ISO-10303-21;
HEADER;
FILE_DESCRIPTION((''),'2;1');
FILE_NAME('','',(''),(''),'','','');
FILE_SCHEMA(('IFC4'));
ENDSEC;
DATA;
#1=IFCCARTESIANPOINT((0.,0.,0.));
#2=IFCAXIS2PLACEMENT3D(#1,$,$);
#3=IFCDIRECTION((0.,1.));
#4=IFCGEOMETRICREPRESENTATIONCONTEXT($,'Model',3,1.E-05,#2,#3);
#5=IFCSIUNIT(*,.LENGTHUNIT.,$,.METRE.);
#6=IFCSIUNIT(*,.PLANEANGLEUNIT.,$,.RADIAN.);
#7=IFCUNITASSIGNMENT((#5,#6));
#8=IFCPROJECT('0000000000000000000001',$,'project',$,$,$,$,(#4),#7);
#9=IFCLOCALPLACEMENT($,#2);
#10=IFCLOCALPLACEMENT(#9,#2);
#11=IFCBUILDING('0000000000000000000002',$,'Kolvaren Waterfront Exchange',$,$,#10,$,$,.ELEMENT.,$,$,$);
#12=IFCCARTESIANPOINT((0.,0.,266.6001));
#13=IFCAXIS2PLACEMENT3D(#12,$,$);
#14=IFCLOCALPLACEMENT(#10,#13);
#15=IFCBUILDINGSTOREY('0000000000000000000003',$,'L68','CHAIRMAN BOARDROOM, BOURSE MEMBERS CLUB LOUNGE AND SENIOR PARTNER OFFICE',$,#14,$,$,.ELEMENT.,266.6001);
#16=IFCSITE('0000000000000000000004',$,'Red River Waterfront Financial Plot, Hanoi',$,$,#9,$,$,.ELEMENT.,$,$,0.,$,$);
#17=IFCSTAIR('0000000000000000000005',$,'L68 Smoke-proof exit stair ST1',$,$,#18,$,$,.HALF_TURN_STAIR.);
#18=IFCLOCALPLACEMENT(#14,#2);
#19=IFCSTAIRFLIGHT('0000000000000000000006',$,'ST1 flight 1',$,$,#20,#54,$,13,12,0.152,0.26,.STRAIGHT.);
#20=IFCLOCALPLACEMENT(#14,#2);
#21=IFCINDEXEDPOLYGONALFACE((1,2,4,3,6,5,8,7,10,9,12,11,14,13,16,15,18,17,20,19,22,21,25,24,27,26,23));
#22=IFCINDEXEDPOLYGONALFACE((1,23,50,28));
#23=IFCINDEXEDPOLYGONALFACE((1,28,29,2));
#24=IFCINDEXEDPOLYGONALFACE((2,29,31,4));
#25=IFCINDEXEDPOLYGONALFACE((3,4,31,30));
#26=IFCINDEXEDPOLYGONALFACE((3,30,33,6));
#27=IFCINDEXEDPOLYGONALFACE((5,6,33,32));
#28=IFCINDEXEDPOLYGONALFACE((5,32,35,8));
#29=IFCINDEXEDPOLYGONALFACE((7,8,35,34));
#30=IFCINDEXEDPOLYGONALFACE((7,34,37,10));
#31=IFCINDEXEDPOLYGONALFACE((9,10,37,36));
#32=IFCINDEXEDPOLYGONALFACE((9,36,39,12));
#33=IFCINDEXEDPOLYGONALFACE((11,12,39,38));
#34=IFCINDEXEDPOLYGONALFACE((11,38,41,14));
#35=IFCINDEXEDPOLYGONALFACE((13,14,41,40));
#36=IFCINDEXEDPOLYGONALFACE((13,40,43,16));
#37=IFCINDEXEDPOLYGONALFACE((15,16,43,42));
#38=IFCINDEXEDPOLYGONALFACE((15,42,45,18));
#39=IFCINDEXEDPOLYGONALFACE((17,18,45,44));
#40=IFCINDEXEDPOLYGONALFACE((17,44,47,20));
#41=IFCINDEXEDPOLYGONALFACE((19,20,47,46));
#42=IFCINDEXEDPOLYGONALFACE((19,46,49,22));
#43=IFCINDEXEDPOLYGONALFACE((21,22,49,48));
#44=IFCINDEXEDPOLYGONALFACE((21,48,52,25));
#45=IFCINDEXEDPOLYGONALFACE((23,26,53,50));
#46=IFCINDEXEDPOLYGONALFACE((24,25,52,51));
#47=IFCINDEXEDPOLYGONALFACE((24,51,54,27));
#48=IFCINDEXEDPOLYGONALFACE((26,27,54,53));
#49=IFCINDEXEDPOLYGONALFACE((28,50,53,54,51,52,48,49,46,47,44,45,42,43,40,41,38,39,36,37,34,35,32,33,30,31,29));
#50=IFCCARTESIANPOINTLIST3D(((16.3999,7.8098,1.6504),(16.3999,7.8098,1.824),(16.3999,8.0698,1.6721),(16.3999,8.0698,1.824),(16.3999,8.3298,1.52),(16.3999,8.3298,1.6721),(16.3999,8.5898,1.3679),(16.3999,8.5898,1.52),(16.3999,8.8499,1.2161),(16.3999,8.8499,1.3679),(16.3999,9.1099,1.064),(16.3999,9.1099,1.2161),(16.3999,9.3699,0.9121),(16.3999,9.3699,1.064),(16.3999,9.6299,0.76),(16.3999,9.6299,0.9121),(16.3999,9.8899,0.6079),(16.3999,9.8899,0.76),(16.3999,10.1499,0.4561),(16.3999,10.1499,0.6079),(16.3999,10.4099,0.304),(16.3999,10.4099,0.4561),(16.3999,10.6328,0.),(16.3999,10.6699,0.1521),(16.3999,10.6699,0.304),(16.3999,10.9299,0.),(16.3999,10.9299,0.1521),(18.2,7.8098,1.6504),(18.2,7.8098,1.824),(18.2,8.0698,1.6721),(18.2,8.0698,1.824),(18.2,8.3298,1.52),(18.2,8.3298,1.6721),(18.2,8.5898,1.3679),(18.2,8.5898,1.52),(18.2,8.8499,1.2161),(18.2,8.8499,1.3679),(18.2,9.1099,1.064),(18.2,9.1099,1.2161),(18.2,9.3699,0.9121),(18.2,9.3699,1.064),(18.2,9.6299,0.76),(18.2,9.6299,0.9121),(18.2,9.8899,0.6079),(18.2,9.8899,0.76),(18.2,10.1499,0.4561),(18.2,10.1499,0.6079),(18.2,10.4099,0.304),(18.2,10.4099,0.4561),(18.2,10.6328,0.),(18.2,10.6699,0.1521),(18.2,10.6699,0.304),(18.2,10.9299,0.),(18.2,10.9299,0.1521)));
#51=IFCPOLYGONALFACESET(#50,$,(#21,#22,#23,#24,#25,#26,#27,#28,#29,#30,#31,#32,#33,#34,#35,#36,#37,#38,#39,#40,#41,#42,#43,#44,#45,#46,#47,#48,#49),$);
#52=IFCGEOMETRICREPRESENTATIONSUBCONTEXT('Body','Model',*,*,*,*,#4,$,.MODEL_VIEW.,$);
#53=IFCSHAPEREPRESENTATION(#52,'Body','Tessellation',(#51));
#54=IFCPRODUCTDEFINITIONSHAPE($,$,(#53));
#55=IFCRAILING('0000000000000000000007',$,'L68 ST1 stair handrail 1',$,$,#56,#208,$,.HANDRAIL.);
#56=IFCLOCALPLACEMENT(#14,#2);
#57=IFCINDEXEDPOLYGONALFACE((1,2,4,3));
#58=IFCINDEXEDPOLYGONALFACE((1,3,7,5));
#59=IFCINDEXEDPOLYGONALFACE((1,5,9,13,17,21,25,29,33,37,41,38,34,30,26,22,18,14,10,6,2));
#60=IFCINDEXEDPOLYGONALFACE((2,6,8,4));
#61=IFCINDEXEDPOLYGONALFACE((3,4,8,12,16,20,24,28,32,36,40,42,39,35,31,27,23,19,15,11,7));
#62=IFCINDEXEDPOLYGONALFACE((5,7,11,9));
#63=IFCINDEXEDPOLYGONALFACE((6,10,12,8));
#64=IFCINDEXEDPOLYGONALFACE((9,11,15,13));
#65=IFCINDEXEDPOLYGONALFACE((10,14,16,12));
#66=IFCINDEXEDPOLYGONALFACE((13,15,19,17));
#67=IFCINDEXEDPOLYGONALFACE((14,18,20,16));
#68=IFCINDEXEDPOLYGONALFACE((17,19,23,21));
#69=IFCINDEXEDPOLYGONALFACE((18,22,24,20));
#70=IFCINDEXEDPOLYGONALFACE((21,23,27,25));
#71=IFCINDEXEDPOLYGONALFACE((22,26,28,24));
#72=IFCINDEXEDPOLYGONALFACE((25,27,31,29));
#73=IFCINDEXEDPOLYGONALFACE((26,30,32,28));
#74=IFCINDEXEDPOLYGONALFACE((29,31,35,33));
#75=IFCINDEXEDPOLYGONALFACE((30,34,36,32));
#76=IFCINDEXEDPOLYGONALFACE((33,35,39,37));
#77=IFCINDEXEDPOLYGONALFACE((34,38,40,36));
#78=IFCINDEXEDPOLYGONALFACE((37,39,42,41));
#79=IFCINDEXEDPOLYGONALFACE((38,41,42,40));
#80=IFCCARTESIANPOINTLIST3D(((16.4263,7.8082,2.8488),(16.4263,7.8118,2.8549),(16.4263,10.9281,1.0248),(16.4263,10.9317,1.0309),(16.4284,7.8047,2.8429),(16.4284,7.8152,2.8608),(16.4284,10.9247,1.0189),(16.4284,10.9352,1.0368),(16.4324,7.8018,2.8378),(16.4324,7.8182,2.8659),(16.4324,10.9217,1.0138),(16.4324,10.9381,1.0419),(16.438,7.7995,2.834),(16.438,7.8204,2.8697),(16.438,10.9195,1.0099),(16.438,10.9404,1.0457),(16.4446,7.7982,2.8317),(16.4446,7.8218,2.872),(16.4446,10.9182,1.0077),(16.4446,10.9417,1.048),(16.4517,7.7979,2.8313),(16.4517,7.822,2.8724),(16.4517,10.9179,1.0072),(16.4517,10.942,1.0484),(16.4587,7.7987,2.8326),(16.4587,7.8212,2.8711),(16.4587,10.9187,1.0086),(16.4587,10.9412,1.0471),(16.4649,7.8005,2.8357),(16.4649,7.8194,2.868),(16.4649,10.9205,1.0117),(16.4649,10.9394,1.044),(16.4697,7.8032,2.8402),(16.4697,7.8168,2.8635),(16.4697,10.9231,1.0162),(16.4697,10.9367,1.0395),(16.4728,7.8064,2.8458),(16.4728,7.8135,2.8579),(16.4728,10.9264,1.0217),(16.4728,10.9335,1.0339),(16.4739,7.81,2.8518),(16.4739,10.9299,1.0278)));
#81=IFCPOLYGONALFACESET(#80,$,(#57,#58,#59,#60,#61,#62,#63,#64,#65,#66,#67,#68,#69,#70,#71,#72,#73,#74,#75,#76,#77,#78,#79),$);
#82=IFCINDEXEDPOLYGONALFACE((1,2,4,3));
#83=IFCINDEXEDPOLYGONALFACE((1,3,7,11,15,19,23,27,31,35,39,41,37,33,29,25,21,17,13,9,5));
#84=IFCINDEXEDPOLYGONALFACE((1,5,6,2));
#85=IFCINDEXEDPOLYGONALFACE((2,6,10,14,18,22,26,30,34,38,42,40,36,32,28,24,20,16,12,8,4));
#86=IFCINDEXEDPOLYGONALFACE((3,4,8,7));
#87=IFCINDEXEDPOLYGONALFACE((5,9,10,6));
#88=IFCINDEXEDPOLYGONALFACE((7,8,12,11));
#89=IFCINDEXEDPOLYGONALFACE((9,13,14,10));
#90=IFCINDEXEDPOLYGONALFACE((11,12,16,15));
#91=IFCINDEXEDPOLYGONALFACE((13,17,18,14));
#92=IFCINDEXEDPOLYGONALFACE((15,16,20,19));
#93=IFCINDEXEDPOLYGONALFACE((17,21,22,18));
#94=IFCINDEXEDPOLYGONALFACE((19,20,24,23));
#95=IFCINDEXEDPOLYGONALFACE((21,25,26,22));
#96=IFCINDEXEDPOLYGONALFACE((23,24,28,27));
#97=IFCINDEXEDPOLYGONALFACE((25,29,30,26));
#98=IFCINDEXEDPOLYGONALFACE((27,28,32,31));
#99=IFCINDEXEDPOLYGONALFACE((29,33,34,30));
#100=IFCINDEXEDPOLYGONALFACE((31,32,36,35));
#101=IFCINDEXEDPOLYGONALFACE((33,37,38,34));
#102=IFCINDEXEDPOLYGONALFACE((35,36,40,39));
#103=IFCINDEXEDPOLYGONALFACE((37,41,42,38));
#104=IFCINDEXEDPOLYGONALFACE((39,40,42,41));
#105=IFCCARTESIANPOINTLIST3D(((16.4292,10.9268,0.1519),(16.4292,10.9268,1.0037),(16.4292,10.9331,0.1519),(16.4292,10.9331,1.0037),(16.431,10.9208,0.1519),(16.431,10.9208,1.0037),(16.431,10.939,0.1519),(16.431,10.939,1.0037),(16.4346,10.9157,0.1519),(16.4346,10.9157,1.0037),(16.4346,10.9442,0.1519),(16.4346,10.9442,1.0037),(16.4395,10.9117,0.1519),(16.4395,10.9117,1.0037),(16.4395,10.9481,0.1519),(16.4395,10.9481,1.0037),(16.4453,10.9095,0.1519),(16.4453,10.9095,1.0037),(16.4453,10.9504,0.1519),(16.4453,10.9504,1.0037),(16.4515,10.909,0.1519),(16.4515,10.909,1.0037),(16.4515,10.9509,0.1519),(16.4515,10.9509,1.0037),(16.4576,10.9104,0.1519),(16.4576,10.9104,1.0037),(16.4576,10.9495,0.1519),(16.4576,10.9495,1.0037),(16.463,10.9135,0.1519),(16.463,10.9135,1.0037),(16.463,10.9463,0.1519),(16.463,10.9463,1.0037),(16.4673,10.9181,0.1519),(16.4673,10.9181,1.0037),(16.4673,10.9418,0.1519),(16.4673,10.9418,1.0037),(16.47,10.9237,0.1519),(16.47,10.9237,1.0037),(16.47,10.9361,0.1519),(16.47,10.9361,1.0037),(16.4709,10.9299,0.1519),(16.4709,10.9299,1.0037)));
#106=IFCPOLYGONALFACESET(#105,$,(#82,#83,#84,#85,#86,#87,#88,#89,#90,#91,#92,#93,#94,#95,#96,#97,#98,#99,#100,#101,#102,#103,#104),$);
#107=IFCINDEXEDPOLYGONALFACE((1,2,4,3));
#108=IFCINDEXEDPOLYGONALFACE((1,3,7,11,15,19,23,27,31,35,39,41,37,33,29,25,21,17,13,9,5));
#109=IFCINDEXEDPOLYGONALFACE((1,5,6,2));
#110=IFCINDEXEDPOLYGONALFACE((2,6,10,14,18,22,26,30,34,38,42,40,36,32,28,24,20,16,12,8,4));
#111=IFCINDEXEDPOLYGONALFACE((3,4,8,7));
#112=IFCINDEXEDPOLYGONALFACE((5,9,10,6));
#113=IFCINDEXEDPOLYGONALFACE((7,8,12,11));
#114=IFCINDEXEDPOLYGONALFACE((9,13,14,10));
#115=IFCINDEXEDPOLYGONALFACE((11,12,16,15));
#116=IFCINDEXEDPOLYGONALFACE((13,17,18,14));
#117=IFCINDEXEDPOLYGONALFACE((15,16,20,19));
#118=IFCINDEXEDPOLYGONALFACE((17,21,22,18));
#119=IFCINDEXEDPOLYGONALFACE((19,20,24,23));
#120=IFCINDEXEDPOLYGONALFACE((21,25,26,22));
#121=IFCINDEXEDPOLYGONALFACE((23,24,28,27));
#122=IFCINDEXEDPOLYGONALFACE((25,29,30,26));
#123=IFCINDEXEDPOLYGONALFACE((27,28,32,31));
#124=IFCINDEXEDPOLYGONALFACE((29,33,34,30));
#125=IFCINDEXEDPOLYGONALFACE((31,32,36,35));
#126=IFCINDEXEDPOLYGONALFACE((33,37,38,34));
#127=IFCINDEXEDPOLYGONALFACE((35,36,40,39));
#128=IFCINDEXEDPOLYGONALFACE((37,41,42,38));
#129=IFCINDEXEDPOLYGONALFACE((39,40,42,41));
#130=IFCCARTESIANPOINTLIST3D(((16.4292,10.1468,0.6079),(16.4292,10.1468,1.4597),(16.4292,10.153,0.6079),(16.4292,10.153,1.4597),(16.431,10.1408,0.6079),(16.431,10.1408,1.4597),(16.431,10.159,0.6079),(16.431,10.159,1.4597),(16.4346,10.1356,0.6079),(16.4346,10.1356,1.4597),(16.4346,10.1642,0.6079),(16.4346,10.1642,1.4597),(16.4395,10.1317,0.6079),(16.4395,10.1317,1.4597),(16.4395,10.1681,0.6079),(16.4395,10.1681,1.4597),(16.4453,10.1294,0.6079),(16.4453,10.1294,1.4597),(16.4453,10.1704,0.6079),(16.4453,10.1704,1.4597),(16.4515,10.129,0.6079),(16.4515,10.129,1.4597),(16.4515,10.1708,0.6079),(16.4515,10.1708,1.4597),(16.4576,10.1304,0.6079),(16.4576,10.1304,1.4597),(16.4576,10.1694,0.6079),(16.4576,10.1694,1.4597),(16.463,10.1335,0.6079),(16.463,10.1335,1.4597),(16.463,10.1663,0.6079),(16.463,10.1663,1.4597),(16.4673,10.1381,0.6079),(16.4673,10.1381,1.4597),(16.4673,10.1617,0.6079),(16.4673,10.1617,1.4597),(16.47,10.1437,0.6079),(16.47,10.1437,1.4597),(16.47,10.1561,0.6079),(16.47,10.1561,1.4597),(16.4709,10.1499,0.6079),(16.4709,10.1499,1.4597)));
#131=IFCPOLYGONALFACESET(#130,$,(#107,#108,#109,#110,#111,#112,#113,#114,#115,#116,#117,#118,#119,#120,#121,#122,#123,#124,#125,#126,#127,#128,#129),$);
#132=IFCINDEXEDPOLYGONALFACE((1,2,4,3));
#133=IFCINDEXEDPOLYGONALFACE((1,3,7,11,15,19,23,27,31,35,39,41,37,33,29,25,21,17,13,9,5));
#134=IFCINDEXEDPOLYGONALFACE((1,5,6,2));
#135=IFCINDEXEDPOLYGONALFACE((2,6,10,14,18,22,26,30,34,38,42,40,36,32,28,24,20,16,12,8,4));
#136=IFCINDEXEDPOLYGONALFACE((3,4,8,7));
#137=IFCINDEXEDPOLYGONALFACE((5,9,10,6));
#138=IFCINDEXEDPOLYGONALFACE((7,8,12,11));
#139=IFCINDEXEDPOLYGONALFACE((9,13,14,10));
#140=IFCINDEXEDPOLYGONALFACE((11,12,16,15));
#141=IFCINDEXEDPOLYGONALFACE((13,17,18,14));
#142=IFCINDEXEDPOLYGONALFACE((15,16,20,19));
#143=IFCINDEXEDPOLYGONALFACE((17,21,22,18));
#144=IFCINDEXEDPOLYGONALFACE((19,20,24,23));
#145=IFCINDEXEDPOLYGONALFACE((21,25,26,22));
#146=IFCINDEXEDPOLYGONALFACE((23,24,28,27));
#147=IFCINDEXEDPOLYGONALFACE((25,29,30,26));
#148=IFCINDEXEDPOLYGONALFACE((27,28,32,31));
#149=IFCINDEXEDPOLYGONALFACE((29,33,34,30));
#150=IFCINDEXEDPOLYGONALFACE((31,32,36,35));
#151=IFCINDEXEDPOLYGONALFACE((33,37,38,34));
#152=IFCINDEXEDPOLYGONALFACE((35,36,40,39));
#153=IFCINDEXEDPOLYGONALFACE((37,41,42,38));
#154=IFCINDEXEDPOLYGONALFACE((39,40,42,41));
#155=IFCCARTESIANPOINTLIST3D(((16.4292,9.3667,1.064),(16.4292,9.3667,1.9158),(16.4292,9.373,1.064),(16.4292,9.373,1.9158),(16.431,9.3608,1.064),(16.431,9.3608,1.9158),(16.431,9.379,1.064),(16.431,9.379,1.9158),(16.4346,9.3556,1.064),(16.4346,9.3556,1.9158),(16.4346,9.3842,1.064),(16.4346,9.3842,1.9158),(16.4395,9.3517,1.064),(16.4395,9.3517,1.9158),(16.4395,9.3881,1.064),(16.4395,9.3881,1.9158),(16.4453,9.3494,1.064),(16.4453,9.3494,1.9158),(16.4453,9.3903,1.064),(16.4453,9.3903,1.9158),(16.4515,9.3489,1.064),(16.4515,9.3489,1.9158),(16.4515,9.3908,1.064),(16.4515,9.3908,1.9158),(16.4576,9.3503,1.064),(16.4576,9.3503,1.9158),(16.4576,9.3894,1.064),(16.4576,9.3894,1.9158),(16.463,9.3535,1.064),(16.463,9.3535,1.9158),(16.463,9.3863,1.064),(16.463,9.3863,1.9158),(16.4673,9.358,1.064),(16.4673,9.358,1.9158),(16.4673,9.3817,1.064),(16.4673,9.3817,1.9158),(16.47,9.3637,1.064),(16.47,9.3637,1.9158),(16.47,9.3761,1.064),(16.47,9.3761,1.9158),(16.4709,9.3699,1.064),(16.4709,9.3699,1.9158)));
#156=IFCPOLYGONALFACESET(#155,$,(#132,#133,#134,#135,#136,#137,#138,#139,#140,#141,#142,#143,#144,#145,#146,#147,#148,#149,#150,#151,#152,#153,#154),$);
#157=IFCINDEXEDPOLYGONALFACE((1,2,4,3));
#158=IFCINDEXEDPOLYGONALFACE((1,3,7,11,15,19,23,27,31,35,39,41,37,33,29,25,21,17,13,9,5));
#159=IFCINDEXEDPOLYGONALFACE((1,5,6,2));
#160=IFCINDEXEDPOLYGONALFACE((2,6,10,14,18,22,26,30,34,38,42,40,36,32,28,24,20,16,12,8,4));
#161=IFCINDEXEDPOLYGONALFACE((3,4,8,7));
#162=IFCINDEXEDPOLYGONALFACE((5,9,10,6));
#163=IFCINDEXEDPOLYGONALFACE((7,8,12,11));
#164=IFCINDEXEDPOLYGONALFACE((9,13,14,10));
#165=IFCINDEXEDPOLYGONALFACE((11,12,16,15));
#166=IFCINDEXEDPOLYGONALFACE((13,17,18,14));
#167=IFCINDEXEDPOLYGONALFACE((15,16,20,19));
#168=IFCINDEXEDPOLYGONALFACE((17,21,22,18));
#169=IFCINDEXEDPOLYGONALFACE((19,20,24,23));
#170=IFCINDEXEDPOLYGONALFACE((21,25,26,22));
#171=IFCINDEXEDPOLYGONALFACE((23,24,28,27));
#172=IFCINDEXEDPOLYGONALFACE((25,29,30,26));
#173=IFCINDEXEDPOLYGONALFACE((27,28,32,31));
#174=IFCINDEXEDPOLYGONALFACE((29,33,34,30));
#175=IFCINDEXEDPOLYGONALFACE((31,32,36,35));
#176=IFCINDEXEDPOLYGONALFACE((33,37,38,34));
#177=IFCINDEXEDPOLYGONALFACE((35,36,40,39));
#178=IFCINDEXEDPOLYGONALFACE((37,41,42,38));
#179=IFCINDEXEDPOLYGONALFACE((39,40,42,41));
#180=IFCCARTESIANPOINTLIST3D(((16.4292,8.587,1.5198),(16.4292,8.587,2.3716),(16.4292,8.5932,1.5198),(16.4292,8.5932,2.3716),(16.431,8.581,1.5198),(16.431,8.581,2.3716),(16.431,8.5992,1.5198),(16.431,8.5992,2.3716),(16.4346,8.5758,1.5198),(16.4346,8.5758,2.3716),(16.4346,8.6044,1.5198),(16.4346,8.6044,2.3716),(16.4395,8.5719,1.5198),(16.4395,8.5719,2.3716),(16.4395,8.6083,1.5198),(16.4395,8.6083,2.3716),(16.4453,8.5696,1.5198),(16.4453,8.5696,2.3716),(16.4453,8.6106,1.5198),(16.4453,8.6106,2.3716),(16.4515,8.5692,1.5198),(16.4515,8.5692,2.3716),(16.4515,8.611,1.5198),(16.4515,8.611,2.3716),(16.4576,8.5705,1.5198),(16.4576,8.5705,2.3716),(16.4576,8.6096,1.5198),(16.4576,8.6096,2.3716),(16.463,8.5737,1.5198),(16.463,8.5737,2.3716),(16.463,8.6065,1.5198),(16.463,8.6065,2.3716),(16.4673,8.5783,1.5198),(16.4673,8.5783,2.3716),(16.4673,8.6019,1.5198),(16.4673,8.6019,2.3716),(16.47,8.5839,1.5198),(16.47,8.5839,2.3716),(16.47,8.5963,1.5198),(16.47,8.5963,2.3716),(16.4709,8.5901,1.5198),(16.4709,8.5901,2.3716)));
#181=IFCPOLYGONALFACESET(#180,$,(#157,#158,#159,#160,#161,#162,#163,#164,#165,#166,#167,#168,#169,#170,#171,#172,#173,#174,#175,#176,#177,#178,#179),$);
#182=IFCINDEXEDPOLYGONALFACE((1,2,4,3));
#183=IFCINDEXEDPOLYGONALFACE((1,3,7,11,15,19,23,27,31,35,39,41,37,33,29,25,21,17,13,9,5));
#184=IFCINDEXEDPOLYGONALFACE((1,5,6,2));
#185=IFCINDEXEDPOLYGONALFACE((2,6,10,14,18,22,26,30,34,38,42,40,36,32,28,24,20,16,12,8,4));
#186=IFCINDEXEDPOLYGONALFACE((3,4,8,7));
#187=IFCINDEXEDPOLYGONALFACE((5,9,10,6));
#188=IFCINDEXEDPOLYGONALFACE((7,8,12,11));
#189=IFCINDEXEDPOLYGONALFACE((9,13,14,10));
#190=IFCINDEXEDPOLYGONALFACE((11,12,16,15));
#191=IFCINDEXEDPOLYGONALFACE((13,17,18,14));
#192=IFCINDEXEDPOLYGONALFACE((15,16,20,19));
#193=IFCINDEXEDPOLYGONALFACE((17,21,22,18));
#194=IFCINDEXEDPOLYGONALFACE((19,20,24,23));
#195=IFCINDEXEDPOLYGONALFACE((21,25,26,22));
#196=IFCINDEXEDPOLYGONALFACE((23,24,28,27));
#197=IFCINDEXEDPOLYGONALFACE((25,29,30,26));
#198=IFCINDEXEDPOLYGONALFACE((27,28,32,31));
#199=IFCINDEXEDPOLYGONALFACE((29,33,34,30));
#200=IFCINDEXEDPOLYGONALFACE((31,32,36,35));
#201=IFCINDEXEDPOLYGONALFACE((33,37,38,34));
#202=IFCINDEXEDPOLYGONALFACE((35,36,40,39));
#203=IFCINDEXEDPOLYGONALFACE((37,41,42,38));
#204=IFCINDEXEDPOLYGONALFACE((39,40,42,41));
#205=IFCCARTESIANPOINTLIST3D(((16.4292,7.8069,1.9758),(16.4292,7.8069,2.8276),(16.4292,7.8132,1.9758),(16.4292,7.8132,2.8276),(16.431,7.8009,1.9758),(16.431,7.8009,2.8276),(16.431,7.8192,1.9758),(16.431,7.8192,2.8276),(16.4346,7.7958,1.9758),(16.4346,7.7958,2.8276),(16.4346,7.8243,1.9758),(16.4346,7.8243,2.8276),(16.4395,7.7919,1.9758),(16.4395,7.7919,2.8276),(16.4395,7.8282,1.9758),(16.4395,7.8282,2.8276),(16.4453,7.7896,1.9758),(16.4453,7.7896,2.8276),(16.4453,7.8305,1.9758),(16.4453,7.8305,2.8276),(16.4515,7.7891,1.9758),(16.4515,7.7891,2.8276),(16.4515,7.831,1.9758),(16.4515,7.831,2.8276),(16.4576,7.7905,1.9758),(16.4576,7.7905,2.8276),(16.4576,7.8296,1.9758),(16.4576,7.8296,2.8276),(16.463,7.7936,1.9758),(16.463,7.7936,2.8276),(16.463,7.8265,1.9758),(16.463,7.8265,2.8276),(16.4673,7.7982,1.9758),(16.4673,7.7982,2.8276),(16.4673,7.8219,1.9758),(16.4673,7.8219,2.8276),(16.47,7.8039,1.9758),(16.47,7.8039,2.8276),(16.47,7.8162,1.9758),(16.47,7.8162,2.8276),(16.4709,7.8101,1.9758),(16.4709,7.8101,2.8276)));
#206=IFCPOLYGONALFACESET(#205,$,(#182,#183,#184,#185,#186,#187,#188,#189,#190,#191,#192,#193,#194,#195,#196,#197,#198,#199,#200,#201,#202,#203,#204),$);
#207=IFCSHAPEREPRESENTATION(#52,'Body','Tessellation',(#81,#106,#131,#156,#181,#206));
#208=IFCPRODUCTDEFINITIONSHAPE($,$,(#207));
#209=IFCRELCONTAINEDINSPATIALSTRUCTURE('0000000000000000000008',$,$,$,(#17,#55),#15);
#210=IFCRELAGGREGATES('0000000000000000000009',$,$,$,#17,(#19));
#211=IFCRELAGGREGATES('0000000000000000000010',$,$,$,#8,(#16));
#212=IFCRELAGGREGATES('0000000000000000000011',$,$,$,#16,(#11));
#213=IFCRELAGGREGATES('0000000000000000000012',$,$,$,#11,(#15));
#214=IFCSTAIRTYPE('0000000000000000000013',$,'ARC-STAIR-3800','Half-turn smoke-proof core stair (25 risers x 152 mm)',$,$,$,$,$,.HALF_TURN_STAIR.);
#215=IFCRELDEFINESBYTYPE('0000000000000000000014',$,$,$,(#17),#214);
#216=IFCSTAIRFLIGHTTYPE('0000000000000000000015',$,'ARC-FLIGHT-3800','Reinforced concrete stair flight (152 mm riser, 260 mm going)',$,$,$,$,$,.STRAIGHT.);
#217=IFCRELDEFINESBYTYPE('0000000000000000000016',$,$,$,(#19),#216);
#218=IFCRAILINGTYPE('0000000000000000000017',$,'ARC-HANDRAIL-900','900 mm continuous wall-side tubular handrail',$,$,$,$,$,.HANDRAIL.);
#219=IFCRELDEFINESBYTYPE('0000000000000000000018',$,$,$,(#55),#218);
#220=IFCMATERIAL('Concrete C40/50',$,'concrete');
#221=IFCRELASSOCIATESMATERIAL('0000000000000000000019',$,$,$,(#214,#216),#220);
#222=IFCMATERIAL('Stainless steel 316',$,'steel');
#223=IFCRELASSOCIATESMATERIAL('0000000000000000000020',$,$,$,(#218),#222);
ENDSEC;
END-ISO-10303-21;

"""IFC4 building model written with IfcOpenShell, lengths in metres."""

from ifc_helpers import new_model, si_unit, direction, frame, origin, origin_2d, place, context, subcontext, project, spatial, polyline, circle, outline, extrude, material, type_object, element, aggregate, save


model = new_model("IFC4")

# Units and contexts
model_context = context("Model", 3, precision=1e-05, world=origin(), true_north=direction((0.0, 1.0)))
body_context = subcontext(model_context, "Body", "Model", "MODEL_VIEW")
ifc_project = project(units=[si_unit("LENGTHUNIT", "METRE"), si_unit("PLANEANGLEUNIT", "RADIAN")], contexts=[model_context])

# Site, building, storey
site_placement = place(None, origin())
site = spatial("IfcSite", under=ifc_project, at=site_placement, Name="Red River Waterfront Financial Plot, Hanoi", CompositionType="ELEMENT", RefElevation=0.0)
building_placement = place(site_placement, origin())
building = spatial("IfcBuilding", under=site, at=building_placement, Name="Kolvaren Waterfront Exchange", CompositionType="ELEMENT")
storey_placement = place(building_placement, frame((0.0, 0.0, 266.6001)))
storey = spatial("IfcBuildingStorey", under=building, at=storey_placement, Name="L68", Description="CHAIRMAN BOARDROOM, BOURSE MEMBERS CLUB LOUNGE AND SENIOR PARTNER OFFICE", CompositionType="ELEMENT", Elevation=266.6001)

# Shared definitions
ifc_material_1 = material(Name="Concrete C40/50", Category="concrete")

# Stair, stair flight
stair_type = type_object("IfcStairType", Name="ARC-STAIR-3800", Description="Half-turn smoke-proof core stair (25 risers x 152 mm)", PredefinedType="HALF_TURN_STAIR", material=ifc_material_1)
stair_placement = place(storey_placement, origin())
stair = element("IfcStair", 1, at=stair_placement, inside=storey, type_object=stair_type, Name="L68 Smoke-proof exit stair ST1", PredefinedType="HALF_TURN_STAIR")
stair_flight_type = type_object("IfcStairFlightType", Name="ARC-FLIGHT-3800", Description="Reinforced concrete stair flight (152 mm riser, 260 mm going)", PredefinedType="STRAIGHT", material=ifc_material_1)
stair_flight_placement = place(storey_placement, frame((17.3, 10.9299, 0.0), z_axis=(0.0, 0.0, 1.0), x_axis=(0.0, -1.0, 0.0)))
stair_flight = element("IfcStairFlight", 2, at=stair_flight_placement, type_object=stair_flight_type, Name="ST1 flight 1", NumberOfRisers=13, NumberOfTreads=12, PredefinedType="STRAIGHT", RiserHeight=0.152, TreadLength=0.26, context=body_context, shape_type="SweptSolid", body=[
    extrude(outline(polyline([(0.0, 0.0), (0.0, 0.1521), (0.26, 0.1521), (0.26, 0.304), (0.52, 0.304), (0.52, 0.4561), (0.78, 0.4561), (0.78, 0.6079), (1.04, 0.6079), (1.04, 0.76), (1.3, 0.76), (1.3, 0.9121), (1.5601, 0.9121), (1.5601, 1.064), (1.8201, 1.064), (1.8201, 1.2161), (2.0801, 1.2161), (2.0801, 1.3679), (2.3401, 1.3679), (2.3401, 1.52), (2.6001, 1.52), (2.6001, 1.6721), (2.8601, 1.6721), (2.8601, 1.824), (3.1201, 1.824), (3.1201, 1.9761), (3.1201, 1.6504), (0.2971, 0.0), (0.0, 0.0)])), frame((0.0, 0.8999, 0.0), z_axis=(0.0, -1.0, 0.0), x_axis=(1.0, 0.0, 0.0)), (0.0, 0.0, 1.0), 1.8),
])
aggregate(stair, [stair_flight])

# Railing
ifc_material_2 = material(Name="Stainless steel 316", Category="steel")
railing_type_1 = type_object("IfcRailingType", Name="ARC-HANDRAIL-900", Description="900 mm continuous wall-side tubular handrail", PredefinedType="HANDRAIL", material=ifc_material_2)
railing_1_placement = place(storey_placement, frame((16.45, 10.9299, 0.1519)))
element("IfcRailing", 3, at=railing_1_placement, inside=storey, type_object=railing_type_1, Name="L68 ST1 stair handrail 1", PredefinedType="HANDRAIL", context=body_context, shape_type="SweptSolid", body=[
    extrude(circle(Radius=0.0239, at=origin_2d()), frame((0.0, 0.0, 0.876), z_axis=(0.0, -0.863291, 0.504707), x_axis=(1.0, 0.0, 0.0)), (0.0, 0.0, 1.0), 3.614),
    extrude(circle(Radius=0.021, at=origin_2d()), origin(), (0.0, 0.0, 1.0), 0.8518),
    extrude(circle(Radius=0.021, at=origin_2d()), frame((0.0, -0.78, 0.4561)), (0.0, 0.0, 1.0), 0.8518),
    extrude(circle(Radius=0.021, at=origin_2d()), frame((0.0, -1.5601, 0.9121)), (0.0, 0.0, 1.0), 0.8518),
    extrude(circle(Radius=0.021, at=origin_2d()), frame((0.0, -2.3398, 1.3679)), (0.0, 0.0, 1.0), 0.8518),
    extrude(circle(Radius=0.021, at=origin_2d()), frame((0.0, -3.1199, 1.824)), (0.0, 0.0, 1.0), 0.8518),
])

save(model, "model.ifc")
